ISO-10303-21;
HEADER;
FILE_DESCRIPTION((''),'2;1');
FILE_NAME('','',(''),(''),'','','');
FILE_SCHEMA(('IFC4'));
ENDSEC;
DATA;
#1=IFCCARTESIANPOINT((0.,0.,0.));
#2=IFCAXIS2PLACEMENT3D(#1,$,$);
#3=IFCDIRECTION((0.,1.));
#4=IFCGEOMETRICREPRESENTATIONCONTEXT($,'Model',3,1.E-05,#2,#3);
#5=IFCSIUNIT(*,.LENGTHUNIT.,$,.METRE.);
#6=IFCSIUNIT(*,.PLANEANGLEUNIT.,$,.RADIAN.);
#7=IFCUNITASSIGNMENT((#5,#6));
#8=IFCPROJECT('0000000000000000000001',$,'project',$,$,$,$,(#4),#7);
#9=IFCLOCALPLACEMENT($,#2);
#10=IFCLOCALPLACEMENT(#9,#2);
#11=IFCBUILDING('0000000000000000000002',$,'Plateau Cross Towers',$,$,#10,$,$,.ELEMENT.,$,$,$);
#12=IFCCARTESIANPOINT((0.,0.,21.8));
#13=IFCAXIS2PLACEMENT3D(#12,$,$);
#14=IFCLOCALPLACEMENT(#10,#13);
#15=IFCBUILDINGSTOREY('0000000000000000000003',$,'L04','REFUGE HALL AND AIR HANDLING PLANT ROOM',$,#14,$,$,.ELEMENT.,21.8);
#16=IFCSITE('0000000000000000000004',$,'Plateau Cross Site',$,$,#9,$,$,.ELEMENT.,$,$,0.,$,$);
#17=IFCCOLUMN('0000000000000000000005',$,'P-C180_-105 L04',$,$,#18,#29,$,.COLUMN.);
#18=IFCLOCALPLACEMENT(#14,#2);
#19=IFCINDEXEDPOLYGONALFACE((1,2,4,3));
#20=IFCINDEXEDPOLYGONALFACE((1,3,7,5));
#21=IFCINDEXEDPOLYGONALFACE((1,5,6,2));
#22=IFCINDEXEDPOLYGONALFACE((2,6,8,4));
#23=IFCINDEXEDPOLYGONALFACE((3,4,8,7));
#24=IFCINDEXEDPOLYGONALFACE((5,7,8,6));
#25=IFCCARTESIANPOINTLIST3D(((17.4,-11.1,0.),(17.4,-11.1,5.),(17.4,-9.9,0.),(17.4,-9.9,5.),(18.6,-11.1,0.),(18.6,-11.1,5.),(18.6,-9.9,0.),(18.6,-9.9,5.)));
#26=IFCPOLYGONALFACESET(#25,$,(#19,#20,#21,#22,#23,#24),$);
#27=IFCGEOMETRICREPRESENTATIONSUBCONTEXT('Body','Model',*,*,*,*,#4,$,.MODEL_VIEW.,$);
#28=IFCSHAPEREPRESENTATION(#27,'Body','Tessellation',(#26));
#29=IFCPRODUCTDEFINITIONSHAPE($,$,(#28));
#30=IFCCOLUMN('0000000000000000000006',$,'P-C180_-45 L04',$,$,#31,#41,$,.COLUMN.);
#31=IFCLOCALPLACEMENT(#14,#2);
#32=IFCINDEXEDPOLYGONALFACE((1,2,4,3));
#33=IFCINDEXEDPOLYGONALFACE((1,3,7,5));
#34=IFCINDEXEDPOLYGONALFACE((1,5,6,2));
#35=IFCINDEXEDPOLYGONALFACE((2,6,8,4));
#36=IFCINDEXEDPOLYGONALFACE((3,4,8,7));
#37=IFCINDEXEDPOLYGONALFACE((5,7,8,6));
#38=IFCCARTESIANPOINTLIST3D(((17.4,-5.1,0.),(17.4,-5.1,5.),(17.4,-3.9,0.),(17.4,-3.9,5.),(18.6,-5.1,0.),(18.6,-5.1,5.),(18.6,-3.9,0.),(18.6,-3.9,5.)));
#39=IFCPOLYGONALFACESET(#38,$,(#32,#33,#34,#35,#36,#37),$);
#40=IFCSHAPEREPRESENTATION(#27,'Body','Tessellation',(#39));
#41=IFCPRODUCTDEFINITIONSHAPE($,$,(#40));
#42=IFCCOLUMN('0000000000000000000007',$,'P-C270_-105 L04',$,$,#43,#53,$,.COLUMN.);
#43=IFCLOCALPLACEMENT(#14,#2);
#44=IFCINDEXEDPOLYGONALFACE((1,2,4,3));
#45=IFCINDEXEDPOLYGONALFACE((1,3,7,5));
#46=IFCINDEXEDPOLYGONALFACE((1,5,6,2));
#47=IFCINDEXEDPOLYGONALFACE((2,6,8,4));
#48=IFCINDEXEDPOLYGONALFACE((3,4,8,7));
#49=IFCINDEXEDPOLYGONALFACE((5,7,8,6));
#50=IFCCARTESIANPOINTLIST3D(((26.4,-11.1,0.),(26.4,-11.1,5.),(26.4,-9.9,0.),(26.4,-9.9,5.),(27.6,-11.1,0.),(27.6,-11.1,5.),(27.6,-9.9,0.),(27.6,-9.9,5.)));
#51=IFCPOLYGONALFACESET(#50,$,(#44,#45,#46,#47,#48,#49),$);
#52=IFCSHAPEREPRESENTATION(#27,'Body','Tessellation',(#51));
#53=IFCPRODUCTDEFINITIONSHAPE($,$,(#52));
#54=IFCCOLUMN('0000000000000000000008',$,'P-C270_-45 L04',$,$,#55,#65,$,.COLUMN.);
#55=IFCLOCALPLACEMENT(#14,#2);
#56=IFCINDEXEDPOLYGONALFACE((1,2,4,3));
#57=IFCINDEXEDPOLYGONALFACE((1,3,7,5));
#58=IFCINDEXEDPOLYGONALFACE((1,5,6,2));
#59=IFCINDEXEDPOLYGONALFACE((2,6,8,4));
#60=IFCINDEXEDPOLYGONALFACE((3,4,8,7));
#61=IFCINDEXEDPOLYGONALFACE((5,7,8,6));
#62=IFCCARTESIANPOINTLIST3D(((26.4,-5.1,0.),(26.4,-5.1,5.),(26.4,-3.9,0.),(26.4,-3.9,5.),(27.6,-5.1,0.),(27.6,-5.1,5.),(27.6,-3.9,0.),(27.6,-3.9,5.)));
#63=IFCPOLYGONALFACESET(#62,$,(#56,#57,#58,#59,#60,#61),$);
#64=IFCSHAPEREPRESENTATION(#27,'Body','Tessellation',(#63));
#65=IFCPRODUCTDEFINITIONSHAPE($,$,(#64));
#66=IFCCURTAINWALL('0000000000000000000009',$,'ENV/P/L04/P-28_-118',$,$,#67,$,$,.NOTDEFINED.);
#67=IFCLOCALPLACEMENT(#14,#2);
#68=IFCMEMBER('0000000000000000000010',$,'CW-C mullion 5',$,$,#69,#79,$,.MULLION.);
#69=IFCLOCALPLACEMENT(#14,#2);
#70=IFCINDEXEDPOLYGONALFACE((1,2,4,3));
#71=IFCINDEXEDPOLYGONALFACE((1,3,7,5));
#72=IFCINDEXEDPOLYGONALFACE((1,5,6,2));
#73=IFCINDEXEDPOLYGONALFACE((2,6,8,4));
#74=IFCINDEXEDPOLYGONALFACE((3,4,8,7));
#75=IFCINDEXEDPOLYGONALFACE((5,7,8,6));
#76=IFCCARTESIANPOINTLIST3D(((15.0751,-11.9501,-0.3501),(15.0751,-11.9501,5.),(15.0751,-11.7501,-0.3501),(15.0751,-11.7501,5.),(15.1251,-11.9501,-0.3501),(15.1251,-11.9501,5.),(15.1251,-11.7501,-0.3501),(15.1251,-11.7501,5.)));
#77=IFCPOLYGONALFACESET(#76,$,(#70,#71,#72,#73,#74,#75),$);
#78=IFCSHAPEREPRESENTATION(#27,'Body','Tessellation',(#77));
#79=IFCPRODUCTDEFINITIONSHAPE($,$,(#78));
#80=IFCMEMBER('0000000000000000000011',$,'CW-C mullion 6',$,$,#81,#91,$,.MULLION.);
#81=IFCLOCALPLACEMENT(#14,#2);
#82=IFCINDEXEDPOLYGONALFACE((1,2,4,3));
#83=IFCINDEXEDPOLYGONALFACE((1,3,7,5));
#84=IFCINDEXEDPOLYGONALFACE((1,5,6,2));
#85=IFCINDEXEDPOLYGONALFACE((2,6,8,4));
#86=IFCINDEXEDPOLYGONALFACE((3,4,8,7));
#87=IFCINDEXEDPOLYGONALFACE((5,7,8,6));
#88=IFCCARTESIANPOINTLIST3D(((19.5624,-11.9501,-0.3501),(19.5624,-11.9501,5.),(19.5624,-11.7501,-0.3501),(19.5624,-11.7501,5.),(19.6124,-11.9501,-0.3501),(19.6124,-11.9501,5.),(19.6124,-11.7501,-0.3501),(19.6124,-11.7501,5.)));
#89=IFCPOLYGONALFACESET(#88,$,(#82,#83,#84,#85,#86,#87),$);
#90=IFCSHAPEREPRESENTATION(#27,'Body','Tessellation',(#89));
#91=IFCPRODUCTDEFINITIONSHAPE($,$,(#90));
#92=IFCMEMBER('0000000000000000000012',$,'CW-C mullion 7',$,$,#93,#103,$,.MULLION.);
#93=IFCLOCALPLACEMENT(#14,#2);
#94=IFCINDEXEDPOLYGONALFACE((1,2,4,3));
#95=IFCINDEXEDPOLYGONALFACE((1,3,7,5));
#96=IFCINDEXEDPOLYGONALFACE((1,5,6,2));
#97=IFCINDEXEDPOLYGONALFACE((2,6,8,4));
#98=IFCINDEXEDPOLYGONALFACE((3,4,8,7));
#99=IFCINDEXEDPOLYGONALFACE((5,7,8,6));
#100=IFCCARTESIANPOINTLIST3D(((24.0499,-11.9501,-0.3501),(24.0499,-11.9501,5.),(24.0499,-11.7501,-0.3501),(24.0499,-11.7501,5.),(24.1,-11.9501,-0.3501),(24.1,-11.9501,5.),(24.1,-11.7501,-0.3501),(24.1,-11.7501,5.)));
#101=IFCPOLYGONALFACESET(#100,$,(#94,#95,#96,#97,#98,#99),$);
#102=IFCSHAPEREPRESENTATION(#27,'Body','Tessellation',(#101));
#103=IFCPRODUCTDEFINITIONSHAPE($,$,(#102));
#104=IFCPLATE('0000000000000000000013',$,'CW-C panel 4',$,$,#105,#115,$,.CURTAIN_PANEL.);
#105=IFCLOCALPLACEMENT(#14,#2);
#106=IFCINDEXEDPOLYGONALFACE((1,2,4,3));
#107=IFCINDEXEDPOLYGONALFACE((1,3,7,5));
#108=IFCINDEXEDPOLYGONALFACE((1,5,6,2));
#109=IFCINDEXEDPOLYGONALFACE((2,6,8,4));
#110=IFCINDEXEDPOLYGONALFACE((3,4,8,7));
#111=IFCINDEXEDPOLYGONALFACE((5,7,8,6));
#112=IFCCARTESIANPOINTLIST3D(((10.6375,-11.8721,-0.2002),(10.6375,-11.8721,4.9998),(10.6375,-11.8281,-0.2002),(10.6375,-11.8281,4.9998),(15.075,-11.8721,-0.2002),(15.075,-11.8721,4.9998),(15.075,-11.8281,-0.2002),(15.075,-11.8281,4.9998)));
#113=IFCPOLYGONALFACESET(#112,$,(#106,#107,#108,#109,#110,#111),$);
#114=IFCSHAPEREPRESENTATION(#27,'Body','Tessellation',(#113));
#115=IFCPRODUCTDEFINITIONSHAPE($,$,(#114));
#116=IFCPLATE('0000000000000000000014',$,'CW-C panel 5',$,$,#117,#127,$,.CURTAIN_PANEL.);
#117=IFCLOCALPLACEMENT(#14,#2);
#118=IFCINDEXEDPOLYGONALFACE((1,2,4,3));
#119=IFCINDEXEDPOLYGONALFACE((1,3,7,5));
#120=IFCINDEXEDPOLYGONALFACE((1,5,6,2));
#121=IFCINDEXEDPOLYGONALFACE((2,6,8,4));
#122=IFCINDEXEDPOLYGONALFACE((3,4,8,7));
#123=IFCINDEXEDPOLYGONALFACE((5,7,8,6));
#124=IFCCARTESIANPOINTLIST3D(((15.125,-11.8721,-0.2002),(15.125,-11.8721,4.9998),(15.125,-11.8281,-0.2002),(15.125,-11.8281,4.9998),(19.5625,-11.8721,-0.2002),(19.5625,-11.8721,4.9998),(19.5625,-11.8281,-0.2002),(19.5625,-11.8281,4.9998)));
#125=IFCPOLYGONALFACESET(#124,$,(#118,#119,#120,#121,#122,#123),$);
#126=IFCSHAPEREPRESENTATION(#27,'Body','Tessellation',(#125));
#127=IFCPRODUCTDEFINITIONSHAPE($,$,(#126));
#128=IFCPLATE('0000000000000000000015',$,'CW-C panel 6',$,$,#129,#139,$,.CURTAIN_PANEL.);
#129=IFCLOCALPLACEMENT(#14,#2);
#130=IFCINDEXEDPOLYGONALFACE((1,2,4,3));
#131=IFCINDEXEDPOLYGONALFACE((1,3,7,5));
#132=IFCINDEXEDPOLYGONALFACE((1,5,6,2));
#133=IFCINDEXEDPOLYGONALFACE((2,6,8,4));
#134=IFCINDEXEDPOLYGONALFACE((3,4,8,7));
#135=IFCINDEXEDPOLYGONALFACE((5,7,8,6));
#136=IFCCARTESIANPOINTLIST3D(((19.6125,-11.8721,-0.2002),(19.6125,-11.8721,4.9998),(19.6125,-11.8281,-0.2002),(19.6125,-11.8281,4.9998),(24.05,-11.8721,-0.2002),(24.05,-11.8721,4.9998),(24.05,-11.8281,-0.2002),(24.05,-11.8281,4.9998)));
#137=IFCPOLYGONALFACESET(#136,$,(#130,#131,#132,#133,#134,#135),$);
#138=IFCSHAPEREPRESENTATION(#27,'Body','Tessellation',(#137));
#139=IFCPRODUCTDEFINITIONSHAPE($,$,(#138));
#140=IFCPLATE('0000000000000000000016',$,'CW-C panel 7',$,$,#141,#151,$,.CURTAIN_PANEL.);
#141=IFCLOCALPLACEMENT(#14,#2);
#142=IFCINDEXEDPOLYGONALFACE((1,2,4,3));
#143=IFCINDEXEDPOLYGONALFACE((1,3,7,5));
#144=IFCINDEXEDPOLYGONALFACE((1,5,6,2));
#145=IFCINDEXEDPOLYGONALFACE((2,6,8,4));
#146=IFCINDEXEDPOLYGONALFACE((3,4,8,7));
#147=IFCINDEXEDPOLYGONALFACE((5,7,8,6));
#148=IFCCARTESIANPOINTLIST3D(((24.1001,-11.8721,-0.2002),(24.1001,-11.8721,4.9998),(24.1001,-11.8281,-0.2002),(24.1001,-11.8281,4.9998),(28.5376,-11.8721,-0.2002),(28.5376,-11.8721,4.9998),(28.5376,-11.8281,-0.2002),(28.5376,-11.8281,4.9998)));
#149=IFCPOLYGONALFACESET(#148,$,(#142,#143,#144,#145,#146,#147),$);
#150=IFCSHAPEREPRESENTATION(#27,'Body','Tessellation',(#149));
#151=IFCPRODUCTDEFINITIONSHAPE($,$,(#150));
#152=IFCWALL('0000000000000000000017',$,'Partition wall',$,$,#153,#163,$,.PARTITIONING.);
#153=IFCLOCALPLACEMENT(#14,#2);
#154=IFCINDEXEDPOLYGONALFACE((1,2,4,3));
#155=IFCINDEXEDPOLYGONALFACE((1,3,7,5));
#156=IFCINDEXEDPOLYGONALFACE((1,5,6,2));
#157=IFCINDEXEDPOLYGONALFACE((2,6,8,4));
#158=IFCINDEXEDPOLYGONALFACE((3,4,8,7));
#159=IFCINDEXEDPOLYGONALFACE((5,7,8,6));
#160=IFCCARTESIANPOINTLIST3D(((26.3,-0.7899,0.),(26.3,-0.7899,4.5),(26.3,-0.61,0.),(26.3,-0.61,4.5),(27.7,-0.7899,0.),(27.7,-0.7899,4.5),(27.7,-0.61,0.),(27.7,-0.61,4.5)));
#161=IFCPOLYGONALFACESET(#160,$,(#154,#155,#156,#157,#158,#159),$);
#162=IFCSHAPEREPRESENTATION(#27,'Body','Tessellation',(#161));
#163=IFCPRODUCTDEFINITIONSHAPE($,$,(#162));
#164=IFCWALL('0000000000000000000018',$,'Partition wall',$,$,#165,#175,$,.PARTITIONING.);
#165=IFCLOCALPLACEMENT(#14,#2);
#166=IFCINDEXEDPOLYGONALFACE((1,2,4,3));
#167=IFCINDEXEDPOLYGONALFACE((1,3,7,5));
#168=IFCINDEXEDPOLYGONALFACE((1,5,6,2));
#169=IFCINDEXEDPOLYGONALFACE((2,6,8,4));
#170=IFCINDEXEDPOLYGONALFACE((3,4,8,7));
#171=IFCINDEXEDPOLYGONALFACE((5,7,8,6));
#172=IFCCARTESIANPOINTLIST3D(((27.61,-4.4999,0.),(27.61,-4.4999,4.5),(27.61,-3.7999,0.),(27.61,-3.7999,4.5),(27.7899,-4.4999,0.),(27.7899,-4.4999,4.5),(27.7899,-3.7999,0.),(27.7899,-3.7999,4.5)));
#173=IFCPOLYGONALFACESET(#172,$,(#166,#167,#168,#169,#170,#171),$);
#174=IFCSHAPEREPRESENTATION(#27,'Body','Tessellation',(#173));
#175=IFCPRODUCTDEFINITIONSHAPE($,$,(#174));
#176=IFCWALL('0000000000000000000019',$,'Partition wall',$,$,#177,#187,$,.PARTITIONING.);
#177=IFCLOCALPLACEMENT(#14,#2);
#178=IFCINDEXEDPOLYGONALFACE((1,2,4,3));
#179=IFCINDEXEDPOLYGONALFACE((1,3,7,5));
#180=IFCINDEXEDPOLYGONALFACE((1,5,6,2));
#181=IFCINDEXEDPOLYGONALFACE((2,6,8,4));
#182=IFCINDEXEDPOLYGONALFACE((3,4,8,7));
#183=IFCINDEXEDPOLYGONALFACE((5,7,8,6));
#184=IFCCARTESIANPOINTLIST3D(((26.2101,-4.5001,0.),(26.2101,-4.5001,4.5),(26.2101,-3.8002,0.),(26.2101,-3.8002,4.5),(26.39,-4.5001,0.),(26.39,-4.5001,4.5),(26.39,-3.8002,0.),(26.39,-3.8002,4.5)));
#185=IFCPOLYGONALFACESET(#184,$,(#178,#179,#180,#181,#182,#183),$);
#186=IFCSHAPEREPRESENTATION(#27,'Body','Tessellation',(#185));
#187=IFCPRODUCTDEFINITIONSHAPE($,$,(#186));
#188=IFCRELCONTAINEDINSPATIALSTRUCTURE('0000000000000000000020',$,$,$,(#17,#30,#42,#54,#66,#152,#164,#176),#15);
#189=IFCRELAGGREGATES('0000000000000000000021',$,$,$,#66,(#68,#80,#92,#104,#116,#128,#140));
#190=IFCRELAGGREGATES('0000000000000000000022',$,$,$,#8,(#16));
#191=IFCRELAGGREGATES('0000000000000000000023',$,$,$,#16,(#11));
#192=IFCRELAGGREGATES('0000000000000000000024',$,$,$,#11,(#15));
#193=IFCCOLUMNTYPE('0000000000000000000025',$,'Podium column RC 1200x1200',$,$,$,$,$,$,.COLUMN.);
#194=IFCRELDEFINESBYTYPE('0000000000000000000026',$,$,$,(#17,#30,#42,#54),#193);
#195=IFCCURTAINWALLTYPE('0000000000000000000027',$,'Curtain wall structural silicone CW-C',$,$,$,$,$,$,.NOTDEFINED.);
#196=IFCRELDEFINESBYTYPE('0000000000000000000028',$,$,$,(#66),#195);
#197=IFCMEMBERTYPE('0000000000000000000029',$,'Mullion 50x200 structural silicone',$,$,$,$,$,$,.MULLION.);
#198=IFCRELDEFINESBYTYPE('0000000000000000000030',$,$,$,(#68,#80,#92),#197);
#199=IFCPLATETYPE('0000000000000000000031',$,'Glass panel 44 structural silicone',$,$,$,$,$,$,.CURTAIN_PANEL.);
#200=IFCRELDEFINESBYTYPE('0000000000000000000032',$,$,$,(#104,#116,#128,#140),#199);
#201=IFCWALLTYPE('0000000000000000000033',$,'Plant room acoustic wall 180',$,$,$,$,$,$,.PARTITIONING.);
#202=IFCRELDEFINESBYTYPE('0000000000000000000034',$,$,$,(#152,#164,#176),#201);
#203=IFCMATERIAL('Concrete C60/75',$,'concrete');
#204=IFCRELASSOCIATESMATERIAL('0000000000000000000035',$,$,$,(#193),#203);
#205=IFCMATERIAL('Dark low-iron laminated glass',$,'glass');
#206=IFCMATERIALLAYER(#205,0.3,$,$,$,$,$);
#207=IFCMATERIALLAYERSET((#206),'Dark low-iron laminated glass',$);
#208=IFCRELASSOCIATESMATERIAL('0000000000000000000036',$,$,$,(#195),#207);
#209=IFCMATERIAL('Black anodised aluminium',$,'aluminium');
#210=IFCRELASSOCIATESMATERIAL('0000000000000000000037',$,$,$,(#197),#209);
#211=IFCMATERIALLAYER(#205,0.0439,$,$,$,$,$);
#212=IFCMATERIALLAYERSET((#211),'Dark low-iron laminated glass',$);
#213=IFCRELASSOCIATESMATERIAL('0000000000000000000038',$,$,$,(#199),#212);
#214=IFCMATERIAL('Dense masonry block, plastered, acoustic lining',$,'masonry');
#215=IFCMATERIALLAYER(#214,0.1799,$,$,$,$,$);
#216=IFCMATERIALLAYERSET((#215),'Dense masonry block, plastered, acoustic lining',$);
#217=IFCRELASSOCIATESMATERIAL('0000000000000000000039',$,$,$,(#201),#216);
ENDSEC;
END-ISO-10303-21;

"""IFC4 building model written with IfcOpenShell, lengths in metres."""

from ifc_helpers import new_model, si_unit, direction, frame, frame_2d, origin, origin_2d, place, context, subcontext, project, spatial, rectangle, extrude, material, layer, layer_set, material_profile, profile_set, type_object, element, aggregate, save


model = new_model("IFC4")

# Units and contexts
model_context = context("Model", 3, precision=1e-05, world=origin(), true_north=direction((0.0, 1.0)))
body_context = subcontext(model_context, "Body", "Model", "MODEL_VIEW")
ifc_project = project(units=[si_unit("LENGTHUNIT", "METRE"), si_unit("PLANEANGLEUNIT", "RADIAN")], contexts=[model_context])

# Site, building, storey
site_placement = place(None, origin())
site = spatial("IfcSite", under=ifc_project, at=site_placement, Name="Plateau Cross Site", CompositionType="ELEMENT", RefElevation=0.0)
building_placement = place(site_placement, origin())
building = spatial("IfcBuilding", under=site, at=building_placement, Name="Plateau Cross Towers", CompositionType="ELEMENT")
storey_placement = place(building_placement, frame((0.0, 0.0, 21.8)))
storey = spatial("IfcBuildingStorey", under=building, at=storey_placement, Name="L04", Description="REFUGE HALL AND AIR HANDLING PLANT ROOM", CompositionType="ELEMENT", Elevation=21.8)

# Columns
ifc_material_1 = material(Name="Concrete C60/75", Category="concrete")
ifc_material_profile_1 = material_profile(ifc_material_1, rectangle(XDim=1.2, YDim=1.2, at=origin_2d()), Name="RC 1200x1200")
ifc_profile_set_1 = profile_set([ifc_material_profile_1], Name="Concrete C60/75")
column_type = type_object("IfcColumnType", Name="Podium column RC 1200x1200", PredefinedType="COLUMN", material=ifc_profile_set_1)
for number, where, z_axis, x_axis, name in (
    (1, (18.0, -10.5, 0.0), (0.0, 0.0, 1.0), (1.0, 0.0, 0.0), "P-C180_-105 L04"),
    (2, (18.0, -4.5, 0.0), (0.0, 0.0, 1.0), (1.0, 0.0, 0.0), "P-C180_-45 L04"),
    (3, (27.0, -10.5, 0.0), (0.0, 0.0, 1.0), (1.0, 0.0, 0.0), "P-C270_-105 L04"),
    (4, (27.0, -4.5, 0.0), (0.0, 0.0, 1.0), (1.0, 0.0, 0.0), "P-C270_-45 L04"),
):
    element("IfcColumn", number, at=place(storey_placement, frame(where, z_axis=z_axis, x_axis=x_axis)), inside=storey, type_object=column_type, Name=name, PredefinedType="COLUMN", context=body_context, shape_type="SweptSolid", body=[
        extrude(rectangle(XDim=1.2, YDim=1.2, at=origin_2d()), origin(), (0.0, 0.0, 1.0), 5.0),
    ])

# Curtain wall, members, plates
ifc_material_2 = material(Name="Dark low-iron laminated glass", Category="glass")
ifc_layer_1 = layer(ifc_material_2, 0.3)
ifc_layer_set_1 = layer_set([ifc_layer_1], Name="Dark low-iron laminated glass")
curtain_wall_type = type_object("IfcCurtainWallType", Name="Curtain wall structural silicone CW-C", PredefinedType="NOTDEFINED", material=ifc_layer_set_1)
curtain_wall_placement = place(storey_placement, origin())
curtain_wall = element("IfcCurtainWall", 5, at=curtain_wall_placement, inside=storey, type_object=curtain_wall_type, Name="ENV/P/L04/P-28_-118", PredefinedType="NOTDEFINED")
ifc_material_3 = material(Name="Black anodised aluminium", Category="aluminium")
ifc_material_profile_2 = material_profile(ifc_material_3, rectangle(XDim=0.05, YDim=0.2, at=origin_2d()), Name="MULLION 50x200")
ifc_profile_set_2 = profile_set([ifc_material_profile_2], Name="Black anodised aluminium")
member_type = type_object("IfcMemberType", Name="Mullion 50x200 structural silicone", PredefinedType="MULLION", material=ifc_profile_set_2)
member_1_placement = place(storey_placement, frame((15.1001, -11.8501, -0.3501), z_axis=(0.0, 0.0, 1.0), x_axis=(1.0, 0.0, 0.0)))
member_1 = element("IfcMember", 6, at=member_1_placement, type_object=member_type, Name="CW-C mullion 5", PredefinedType="MULLION", context=body_context, shape_type="SweptSolid", body=[
    extrude(rectangle(XDim=0.05, YDim=0.2, at=origin_2d()), origin(), (0.0, 0.0, 1.0), 5.3501),
])
member_2_placement = place(storey_placement, frame((19.5874, -11.8501, -0.3501), z_axis=(0.0, 0.0, 1.0), x_axis=(1.0, 0.0, 0.0)))
member_2 = element("IfcMember", 7, at=member_2_placement, type_object=member_type, Name="CW-C mullion 6", PredefinedType="MULLION", context=body_context, shape_type="SweptSolid", body=[
    extrude(rectangle(XDim=0.05, YDim=0.2, at=origin_2d()), origin(), (0.0, 0.0, 1.0), 5.3501),
])
member_3_placement = place(storey_placement, frame((24.075, -11.8501, -0.3501), z_axis=(0.0, 0.0, 1.0), x_axis=(1.0, 0.0, 0.0)))
member_3 = element("IfcMember", 8, at=member_3_placement, type_object=member_type, Name="CW-C mullion 7", PredefinedType="MULLION", context=body_context, shape_type="SweptSolid", body=[
    extrude(rectangle(XDim=0.05, YDim=0.2, at=origin_2d()), origin(), (0.0, 0.0, 1.0), 5.3501),
])
ifc_layer_2 = layer(ifc_material_2, 0.0439)
ifc_layer_set_2 = layer_set([ifc_layer_2], Name="Dark low-iron laminated glass")
plate_type = type_object("IfcPlateType", Name="Glass panel 44 structural silicone", PredefinedType="CURTAIN_PANEL", material=ifc_layer_set_2)
plate_1_placement = place(storey_placement, frame((12.8562, -11.8501, -0.2002), z_axis=(0.0, 0.0, 1.0), x_axis=(1.0, 0.0, 0.0)))
plate_1 = element("IfcPlate", 9, at=plate_1_placement, type_object=plate_type, Name="CW-C panel 4", PredefinedType="CURTAIN_PANEL", context=body_context, shape_type="SweptSolid", body=[
    extrude(rectangle(XDim=4.4375, YDim=0.0439, at=origin_2d()), origin(), (0.0, 0.0, 1.0), 5.2),
])
plate_2_placement = place(storey_placement, frame((17.3438, -11.8501, -0.2002), z_axis=(0.0, 0.0, 1.0), x_axis=(1.0, 0.0, 0.0)))
plate_2 = element("IfcPlate", 10, at=plate_2_placement, type_object=plate_type, Name="CW-C panel 5", PredefinedType="CURTAIN_PANEL", context=body_context, shape_type="SweptSolid", body=[
    extrude(rectangle(XDim=4.4375, YDim=0.0439, at=origin_2d()), origin(), (0.0, 0.0, 1.0), 5.2),
])
plate_3_placement = place(storey_placement, frame((21.8313, -11.8501, -0.2002), z_axis=(0.0, 0.0, 1.0), x_axis=(1.0, 0.0, 0.0)))
plate_3 = element("IfcPlate", 11, at=plate_3_placement, type_object=plate_type, Name="CW-C panel 6", PredefinedType="CURTAIN_PANEL", context=body_context, shape_type="SweptSolid", body=[
    extrude(rectangle(XDim=4.4375, YDim=0.0439, at=origin_2d()), origin(), (0.0, 0.0, 1.0), 5.2),
])
plate_4_placement = place(storey_placement, frame((26.3188, -11.8501, -0.2002), z_axis=(0.0, 0.0, 1.0), x_axis=(1.0, 0.0, 0.0)))
plate_4 = element("IfcPlate", 12, at=plate_4_placement, type_object=plate_type, Name="CW-C panel 7", PredefinedType="CURTAIN_PANEL", context=body_context, shape_type="SweptSolid", body=[
    extrude(rectangle(XDim=4.4375, YDim=0.0439, at=origin_2d()), origin(), (0.0, 0.0, 1.0), 5.2),
])
aggregate(curtain_wall, [member_1, member_2, member_3, plate_1, plate_2, plate_3, plate_4])

# Walls
ifc_material_4 = material(Name="Dense masonry block, plastered, acoustic lining", Category="masonry")
ifc_layer_3 = layer(ifc_material_4, 0.1799)
ifc_layer_set_3 = layer_set([ifc_layer_3], Name="Dense masonry block, plastered, acoustic lining")
wall_type = type_object("IfcWallType", Name="Plant room acoustic wall 180", PredefinedType="PARTITIONING", material=ifc_layer_set_3)
wall_1_placement = place(storey_placement, frame((26.3, -0.7, 0.0), z_axis=(0.0, 0.0, 1.0), x_axis=(1.0, 0.0, 0.0)))
element("IfcWall", 13, at=wall_1_placement, inside=storey, type_object=wall_type, Name="Partition wall", PredefinedType="PARTITIONING", context=body_context, shape_type="SweptSolid", body=[
    extrude(rectangle(XDim=1.3999, YDim=0.1799, at=frame_2d((0.7, 0.0))), origin(), (0.0, 0.0, 1.0), 4.5),
])
for number, where, z_axis, x_axis, name in (
    (14, (27.7, -4.5, 0.0), (0.0, 0.0, 1.0), (0.0, 1.0, 0.0), "Partition wall"),
    (15, (26.3, -3.8, 0.0), (0.0, 0.0, 1.0), (0.0, -1.0, 0.0), "Partition wall"),
):
    element("IfcWall", number, at=place(storey_placement, frame(where, z_axis=z_axis, x_axis=x_axis)), inside=storey, type_object=wall_type, Name=name, PredefinedType="PARTITIONING", context=body_context, shape_type="SweptSolid", body=[
        extrude(rectangle(XDim=0.7, YDim=0.1799, at=frame_2d((0.3501, 0.0))), origin(), (0.0, 0.0, 1.0), 4.5),
    ])

save(model, "model.ifc")
